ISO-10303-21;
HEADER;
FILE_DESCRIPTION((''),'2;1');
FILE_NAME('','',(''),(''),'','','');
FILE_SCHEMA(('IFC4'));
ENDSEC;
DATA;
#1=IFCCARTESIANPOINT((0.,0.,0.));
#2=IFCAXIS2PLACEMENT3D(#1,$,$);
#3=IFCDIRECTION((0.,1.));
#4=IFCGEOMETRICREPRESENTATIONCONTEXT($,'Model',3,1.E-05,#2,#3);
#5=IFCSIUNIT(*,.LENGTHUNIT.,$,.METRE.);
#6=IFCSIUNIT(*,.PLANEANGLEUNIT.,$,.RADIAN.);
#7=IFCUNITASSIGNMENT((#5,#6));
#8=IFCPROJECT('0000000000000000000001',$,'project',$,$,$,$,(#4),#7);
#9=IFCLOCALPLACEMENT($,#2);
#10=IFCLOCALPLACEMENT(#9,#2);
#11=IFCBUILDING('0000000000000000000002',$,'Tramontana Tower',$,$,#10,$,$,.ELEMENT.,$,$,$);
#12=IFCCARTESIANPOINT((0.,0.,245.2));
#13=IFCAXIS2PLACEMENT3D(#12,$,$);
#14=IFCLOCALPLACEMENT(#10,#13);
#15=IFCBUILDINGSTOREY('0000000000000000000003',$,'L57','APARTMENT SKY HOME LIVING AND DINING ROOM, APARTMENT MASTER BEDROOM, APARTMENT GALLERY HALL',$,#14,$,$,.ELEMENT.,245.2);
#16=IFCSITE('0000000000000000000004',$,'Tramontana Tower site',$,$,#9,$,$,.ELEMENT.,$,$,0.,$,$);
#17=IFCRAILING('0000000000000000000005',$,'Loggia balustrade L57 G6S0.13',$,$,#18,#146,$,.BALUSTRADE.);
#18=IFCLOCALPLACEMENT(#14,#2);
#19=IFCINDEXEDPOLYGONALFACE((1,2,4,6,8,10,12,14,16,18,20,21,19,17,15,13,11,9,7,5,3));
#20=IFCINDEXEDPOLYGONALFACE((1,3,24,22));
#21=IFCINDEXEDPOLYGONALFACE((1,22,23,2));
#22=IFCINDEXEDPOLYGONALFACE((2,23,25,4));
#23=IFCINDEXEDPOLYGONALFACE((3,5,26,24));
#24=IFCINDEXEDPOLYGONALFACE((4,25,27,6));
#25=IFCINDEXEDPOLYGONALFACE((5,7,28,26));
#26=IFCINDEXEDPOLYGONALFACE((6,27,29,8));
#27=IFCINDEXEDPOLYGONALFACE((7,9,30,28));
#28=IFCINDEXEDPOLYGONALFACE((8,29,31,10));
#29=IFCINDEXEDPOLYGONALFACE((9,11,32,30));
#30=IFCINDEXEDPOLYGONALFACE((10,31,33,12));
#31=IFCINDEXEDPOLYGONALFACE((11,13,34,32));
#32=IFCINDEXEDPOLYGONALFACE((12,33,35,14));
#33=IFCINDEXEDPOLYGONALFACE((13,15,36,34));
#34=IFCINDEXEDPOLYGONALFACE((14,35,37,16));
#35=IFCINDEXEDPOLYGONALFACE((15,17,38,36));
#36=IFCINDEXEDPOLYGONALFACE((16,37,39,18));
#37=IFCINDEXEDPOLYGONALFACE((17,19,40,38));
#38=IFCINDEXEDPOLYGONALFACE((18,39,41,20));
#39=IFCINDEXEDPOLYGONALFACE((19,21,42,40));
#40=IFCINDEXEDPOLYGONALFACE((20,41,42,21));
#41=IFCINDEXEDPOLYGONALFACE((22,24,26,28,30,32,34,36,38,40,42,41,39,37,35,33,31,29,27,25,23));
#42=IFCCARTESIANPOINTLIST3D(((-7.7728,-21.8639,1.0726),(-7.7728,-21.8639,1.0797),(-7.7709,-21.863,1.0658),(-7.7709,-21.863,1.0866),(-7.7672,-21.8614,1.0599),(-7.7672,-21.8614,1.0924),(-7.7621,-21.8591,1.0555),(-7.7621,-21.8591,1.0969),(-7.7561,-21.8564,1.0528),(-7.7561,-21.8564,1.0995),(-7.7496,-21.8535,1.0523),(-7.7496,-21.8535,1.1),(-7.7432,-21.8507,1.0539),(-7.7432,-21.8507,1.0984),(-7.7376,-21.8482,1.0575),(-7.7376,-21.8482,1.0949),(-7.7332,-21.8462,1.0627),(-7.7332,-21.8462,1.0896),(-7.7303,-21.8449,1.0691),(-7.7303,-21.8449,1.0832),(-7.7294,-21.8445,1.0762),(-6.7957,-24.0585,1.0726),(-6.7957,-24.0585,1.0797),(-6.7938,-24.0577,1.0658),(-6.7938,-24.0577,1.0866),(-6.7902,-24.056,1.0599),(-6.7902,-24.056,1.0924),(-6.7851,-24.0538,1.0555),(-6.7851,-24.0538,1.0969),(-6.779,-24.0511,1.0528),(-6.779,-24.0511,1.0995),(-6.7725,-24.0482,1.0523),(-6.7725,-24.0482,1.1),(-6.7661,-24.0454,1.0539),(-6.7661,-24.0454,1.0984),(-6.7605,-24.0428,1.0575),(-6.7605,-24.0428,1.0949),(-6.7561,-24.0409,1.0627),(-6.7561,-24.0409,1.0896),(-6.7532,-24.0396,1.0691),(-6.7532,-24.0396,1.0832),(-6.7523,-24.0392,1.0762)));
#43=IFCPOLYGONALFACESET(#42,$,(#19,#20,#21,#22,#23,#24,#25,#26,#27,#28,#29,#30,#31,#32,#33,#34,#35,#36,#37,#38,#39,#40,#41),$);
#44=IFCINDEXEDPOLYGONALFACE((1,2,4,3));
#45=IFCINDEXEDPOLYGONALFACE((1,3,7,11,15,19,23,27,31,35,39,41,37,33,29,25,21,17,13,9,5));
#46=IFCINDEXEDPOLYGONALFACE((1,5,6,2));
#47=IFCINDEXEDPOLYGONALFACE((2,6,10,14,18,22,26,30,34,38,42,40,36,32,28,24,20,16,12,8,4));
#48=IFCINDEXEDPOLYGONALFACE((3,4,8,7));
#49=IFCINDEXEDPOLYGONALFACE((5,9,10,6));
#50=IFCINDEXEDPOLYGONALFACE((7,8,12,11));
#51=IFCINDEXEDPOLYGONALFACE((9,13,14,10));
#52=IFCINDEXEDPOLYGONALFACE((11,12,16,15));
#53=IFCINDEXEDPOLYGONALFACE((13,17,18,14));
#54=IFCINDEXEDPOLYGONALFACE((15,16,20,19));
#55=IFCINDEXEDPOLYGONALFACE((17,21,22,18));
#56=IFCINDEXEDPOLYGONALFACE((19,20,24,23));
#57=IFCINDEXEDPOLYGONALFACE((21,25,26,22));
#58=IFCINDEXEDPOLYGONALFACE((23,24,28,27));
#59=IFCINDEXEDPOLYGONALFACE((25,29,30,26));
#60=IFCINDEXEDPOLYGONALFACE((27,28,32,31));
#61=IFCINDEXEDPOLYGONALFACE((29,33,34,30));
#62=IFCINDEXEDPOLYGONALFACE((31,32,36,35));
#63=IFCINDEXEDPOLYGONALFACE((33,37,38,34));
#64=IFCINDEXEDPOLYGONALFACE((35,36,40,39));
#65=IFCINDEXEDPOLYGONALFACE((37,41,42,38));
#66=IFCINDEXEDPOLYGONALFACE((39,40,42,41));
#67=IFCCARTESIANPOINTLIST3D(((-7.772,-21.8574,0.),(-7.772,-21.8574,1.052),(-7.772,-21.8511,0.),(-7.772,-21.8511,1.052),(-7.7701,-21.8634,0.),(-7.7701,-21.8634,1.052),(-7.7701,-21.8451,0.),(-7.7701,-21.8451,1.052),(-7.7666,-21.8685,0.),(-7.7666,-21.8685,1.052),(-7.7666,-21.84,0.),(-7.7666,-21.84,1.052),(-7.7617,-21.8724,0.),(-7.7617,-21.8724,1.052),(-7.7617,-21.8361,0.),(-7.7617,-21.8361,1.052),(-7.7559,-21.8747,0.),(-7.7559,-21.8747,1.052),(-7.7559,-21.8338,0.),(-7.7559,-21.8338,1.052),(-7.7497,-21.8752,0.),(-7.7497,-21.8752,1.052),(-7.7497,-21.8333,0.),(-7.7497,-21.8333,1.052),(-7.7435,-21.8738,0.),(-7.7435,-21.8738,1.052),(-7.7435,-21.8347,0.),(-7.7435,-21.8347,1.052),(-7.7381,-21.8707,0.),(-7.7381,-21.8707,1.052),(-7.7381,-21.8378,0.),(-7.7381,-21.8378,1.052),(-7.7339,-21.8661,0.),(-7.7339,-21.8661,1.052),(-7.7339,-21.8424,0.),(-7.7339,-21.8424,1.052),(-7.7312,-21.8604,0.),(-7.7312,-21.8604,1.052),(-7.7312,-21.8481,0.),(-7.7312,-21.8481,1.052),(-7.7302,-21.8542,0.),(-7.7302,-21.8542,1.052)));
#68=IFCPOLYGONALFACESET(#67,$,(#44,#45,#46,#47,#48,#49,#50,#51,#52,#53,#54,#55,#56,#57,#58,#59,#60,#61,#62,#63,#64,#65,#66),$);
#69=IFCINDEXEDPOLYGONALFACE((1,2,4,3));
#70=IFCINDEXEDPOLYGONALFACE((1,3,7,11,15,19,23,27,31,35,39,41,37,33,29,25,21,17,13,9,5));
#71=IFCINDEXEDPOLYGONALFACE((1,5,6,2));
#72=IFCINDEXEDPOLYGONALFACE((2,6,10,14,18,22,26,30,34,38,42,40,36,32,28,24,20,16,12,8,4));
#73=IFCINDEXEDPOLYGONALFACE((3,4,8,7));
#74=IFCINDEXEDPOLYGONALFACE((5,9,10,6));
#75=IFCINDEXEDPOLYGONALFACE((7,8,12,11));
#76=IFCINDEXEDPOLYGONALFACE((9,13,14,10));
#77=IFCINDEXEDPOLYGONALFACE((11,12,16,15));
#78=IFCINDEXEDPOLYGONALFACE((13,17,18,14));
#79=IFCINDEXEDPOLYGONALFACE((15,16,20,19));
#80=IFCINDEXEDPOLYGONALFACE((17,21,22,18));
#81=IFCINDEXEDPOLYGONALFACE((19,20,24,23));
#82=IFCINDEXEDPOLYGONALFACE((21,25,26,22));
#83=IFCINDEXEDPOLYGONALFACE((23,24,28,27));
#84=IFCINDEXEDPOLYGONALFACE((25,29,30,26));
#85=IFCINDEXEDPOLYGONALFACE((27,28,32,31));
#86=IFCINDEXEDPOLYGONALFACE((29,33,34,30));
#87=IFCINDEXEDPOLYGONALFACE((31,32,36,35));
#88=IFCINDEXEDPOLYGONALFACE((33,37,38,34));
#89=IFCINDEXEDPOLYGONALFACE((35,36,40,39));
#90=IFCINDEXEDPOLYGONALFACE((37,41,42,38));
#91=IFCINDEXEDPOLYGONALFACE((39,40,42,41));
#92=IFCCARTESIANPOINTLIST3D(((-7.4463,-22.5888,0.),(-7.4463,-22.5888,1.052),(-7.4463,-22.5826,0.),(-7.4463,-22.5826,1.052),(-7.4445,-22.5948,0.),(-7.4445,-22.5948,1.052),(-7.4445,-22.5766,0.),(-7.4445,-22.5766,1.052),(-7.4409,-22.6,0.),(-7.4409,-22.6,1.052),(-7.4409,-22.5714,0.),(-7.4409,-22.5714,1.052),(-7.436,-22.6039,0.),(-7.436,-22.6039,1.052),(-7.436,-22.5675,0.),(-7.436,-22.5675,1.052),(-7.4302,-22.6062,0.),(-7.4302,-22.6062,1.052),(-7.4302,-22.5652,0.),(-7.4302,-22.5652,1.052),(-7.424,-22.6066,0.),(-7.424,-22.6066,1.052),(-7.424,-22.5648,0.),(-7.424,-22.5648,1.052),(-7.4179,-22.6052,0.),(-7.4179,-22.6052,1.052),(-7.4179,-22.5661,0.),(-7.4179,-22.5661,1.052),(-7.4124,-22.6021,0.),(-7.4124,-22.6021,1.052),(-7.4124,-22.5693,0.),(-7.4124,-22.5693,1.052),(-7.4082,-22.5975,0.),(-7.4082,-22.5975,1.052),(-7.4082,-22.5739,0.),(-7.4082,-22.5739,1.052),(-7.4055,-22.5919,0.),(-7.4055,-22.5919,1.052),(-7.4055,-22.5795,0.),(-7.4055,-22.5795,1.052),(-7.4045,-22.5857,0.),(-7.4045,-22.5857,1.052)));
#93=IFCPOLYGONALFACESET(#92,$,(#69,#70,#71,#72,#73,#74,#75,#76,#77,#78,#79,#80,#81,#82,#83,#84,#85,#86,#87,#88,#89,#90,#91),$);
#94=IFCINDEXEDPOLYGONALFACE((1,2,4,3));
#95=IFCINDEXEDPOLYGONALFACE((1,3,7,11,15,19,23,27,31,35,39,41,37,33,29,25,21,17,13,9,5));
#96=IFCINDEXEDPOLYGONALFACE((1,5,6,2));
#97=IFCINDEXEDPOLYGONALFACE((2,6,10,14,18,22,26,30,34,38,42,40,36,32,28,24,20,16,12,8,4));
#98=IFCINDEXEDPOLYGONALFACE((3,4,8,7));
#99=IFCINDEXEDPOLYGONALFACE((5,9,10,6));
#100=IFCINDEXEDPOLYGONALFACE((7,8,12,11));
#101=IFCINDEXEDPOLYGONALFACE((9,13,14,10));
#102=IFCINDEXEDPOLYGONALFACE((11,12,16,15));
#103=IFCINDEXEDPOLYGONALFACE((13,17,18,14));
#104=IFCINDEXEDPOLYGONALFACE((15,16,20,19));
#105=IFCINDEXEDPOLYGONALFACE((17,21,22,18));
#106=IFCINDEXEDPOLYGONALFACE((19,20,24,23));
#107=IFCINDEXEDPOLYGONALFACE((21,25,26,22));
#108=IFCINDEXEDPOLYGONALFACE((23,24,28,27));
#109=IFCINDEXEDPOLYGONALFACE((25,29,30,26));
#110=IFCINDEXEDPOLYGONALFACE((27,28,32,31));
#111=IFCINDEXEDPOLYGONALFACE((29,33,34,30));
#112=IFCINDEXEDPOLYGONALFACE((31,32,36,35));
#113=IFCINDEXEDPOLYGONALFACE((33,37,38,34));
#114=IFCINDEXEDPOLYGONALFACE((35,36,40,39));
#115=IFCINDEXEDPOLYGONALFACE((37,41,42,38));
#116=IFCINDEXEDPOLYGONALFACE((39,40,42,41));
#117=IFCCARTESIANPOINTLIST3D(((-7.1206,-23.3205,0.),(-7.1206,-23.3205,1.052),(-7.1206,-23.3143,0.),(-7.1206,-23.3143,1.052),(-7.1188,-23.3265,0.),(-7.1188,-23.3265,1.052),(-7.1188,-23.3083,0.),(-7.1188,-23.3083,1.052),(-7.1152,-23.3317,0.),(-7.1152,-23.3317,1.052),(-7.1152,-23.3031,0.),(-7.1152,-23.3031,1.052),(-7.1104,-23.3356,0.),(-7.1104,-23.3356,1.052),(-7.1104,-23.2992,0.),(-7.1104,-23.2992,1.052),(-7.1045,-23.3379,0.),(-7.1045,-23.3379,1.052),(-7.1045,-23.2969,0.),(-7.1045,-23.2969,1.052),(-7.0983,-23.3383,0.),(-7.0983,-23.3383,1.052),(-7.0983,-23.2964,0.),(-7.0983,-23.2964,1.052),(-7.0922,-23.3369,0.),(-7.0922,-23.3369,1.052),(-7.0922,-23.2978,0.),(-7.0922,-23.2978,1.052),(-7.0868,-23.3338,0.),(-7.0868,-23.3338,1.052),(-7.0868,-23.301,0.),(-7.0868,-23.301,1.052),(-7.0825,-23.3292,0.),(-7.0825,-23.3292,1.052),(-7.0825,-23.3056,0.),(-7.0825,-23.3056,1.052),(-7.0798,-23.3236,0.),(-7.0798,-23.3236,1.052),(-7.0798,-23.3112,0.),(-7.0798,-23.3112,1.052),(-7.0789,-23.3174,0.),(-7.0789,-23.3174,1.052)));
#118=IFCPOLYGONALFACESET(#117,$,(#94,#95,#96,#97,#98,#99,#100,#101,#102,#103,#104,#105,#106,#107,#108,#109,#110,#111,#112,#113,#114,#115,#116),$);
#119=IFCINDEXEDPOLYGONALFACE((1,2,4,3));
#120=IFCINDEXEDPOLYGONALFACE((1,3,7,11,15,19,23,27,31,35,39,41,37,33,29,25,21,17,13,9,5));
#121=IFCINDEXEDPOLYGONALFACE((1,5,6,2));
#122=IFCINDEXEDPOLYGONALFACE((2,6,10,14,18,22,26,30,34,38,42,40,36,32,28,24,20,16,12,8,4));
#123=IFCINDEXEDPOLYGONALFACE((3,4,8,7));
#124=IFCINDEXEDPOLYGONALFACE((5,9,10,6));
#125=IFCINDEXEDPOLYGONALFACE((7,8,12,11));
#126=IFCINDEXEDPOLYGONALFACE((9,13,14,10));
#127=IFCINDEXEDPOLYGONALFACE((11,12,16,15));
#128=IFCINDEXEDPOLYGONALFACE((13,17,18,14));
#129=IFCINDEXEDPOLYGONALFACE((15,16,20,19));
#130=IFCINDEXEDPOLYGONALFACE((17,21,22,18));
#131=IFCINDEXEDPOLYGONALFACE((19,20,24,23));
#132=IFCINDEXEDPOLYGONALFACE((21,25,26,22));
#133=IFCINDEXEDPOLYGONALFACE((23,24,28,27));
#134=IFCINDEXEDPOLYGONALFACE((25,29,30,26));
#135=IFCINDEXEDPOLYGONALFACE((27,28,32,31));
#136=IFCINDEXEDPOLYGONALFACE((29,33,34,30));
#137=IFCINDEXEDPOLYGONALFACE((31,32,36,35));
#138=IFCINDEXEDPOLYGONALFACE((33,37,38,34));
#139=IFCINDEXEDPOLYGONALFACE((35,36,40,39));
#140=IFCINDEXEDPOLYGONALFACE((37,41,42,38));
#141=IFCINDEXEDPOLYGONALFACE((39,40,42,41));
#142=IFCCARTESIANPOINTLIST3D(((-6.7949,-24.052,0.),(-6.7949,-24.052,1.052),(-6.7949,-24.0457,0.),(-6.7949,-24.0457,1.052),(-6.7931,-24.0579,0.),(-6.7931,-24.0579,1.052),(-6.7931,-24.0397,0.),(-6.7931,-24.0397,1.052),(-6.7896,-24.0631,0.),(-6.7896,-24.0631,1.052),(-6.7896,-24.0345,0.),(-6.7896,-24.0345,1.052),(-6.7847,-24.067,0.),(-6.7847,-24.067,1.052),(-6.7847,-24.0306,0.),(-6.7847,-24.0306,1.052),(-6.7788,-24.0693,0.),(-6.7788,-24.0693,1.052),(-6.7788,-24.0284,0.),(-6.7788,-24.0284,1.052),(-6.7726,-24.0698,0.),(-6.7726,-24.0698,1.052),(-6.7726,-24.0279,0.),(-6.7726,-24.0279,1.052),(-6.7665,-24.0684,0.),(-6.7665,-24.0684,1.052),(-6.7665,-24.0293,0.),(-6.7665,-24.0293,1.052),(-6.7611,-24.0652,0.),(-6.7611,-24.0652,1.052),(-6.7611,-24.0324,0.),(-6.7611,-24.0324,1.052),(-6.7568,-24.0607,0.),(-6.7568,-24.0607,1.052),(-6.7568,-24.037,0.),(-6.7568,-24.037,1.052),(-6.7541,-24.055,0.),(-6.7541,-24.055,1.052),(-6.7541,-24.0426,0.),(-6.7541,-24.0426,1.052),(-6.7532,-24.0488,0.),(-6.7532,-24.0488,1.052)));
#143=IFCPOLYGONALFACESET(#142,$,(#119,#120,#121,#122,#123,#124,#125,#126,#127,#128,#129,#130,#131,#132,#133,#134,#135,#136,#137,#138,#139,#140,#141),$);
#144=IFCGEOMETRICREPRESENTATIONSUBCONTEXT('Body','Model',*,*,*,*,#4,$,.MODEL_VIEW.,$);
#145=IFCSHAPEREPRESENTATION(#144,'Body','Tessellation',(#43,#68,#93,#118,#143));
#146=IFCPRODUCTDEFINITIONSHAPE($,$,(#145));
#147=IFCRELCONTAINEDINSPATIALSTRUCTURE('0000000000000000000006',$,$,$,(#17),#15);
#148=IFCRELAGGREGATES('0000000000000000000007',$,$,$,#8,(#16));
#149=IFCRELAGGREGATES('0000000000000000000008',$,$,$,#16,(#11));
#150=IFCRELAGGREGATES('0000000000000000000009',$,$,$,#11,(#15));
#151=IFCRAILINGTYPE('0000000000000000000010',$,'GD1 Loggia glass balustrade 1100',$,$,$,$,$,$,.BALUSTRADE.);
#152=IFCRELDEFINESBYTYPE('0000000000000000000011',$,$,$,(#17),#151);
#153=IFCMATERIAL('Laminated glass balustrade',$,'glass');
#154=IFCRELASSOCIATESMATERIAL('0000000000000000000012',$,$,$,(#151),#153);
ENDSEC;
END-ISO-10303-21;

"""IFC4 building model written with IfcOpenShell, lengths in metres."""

from ifc_helpers import new_model, si_unit, direction, frame, origin, origin_2d, place, context, subcontext, project, spatial, circle, extrude, material, type_object, element, save


model = new_model("IFC4")

# Units and contexts
model_context = context("Model", 3, precision=1e-05, world=origin(), true_north=direction((0.0, 1.0)))
body_context = subcontext(model_context, "Body", "Model", "MODEL_VIEW")
ifc_project = project(units=[si_unit("LENGTHUNIT", "METRE"), si_unit("PLANEANGLEUNIT", "RADIAN")], contexts=[model_context])

# Site, building, storey
site_placement = place(None, origin())
site = spatial("IfcSite", under=ifc_project, at=site_placement, Name="Tramontana Tower site", CompositionType="ELEMENT", RefElevation=0.0)
building_placement = place(site_placement, origin())
building = spatial("IfcBuilding", under=site, at=building_placement, Name="Tramontana Tower", CompositionType="ELEMENT")
storey_placement = place(building_placement, frame((0.0, 0.0, 245.2)))
storey = spatial("IfcBuildingStorey", under=building, at=storey_placement, Name="L57", Description="APARTMENT SKY HOME LIVING AND DINING ROOM, APARTMENT MASTER BEDROOM, APARTMENT GALLERY HALL", CompositionType="ELEMENT", Elevation=245.2)

# Railing
ifc_material_1 = material(Name="Laminated glass balustrade", Category="glass")
railing_type = type_object("IfcRailingType", Name="GD1 Loggia glass balustrade 1100", PredefinedType="BALUSTRADE", material=ifc_material_1)
railing_1_placement = place(storey_placement, frame((-7.7512, -21.8542, 0.0)))
element("IfcRailing", 1, at=railing_1_placement, inside=storey, type_object=railing_type, Name="Loggia balustrade L57 G6S0.13", PredefinedType="BALUSTRADE", context=body_context, shape_type="SweptSolid", body=[
    extrude(circle(Radius=0.0239, at=origin_2d()), frame((0.0, 0.0, 1.0762), z_axis=(0.406723, -0.913552, 0.0), x_axis=(0.913552, 0.406723, 0.0)), (0.0, 0.0, 1.0), 2.4023),
    extrude(circle(Radius=0.021, at=origin_2d()), origin(), (0.0, 0.0, 1.0), 1.052),
    extrude(circle(Radius=0.021, at=origin_2d()), frame((0.3257, -0.7314, 0.0)), (0.0, 0.0, 1.0), 1.052),
    extrude(circle(Radius=0.021, at=origin_2d()), frame((0.6514, -1.4631, 0.0)), (0.0, 0.0, 1.0), 1.052),
    extrude(circle(Radius=0.021, at=origin_2d()), frame((0.9771, -2.1946, 0.0)), (0.0, 0.0, 1.0), 1.052),
])

save(model, "model.ifc")
